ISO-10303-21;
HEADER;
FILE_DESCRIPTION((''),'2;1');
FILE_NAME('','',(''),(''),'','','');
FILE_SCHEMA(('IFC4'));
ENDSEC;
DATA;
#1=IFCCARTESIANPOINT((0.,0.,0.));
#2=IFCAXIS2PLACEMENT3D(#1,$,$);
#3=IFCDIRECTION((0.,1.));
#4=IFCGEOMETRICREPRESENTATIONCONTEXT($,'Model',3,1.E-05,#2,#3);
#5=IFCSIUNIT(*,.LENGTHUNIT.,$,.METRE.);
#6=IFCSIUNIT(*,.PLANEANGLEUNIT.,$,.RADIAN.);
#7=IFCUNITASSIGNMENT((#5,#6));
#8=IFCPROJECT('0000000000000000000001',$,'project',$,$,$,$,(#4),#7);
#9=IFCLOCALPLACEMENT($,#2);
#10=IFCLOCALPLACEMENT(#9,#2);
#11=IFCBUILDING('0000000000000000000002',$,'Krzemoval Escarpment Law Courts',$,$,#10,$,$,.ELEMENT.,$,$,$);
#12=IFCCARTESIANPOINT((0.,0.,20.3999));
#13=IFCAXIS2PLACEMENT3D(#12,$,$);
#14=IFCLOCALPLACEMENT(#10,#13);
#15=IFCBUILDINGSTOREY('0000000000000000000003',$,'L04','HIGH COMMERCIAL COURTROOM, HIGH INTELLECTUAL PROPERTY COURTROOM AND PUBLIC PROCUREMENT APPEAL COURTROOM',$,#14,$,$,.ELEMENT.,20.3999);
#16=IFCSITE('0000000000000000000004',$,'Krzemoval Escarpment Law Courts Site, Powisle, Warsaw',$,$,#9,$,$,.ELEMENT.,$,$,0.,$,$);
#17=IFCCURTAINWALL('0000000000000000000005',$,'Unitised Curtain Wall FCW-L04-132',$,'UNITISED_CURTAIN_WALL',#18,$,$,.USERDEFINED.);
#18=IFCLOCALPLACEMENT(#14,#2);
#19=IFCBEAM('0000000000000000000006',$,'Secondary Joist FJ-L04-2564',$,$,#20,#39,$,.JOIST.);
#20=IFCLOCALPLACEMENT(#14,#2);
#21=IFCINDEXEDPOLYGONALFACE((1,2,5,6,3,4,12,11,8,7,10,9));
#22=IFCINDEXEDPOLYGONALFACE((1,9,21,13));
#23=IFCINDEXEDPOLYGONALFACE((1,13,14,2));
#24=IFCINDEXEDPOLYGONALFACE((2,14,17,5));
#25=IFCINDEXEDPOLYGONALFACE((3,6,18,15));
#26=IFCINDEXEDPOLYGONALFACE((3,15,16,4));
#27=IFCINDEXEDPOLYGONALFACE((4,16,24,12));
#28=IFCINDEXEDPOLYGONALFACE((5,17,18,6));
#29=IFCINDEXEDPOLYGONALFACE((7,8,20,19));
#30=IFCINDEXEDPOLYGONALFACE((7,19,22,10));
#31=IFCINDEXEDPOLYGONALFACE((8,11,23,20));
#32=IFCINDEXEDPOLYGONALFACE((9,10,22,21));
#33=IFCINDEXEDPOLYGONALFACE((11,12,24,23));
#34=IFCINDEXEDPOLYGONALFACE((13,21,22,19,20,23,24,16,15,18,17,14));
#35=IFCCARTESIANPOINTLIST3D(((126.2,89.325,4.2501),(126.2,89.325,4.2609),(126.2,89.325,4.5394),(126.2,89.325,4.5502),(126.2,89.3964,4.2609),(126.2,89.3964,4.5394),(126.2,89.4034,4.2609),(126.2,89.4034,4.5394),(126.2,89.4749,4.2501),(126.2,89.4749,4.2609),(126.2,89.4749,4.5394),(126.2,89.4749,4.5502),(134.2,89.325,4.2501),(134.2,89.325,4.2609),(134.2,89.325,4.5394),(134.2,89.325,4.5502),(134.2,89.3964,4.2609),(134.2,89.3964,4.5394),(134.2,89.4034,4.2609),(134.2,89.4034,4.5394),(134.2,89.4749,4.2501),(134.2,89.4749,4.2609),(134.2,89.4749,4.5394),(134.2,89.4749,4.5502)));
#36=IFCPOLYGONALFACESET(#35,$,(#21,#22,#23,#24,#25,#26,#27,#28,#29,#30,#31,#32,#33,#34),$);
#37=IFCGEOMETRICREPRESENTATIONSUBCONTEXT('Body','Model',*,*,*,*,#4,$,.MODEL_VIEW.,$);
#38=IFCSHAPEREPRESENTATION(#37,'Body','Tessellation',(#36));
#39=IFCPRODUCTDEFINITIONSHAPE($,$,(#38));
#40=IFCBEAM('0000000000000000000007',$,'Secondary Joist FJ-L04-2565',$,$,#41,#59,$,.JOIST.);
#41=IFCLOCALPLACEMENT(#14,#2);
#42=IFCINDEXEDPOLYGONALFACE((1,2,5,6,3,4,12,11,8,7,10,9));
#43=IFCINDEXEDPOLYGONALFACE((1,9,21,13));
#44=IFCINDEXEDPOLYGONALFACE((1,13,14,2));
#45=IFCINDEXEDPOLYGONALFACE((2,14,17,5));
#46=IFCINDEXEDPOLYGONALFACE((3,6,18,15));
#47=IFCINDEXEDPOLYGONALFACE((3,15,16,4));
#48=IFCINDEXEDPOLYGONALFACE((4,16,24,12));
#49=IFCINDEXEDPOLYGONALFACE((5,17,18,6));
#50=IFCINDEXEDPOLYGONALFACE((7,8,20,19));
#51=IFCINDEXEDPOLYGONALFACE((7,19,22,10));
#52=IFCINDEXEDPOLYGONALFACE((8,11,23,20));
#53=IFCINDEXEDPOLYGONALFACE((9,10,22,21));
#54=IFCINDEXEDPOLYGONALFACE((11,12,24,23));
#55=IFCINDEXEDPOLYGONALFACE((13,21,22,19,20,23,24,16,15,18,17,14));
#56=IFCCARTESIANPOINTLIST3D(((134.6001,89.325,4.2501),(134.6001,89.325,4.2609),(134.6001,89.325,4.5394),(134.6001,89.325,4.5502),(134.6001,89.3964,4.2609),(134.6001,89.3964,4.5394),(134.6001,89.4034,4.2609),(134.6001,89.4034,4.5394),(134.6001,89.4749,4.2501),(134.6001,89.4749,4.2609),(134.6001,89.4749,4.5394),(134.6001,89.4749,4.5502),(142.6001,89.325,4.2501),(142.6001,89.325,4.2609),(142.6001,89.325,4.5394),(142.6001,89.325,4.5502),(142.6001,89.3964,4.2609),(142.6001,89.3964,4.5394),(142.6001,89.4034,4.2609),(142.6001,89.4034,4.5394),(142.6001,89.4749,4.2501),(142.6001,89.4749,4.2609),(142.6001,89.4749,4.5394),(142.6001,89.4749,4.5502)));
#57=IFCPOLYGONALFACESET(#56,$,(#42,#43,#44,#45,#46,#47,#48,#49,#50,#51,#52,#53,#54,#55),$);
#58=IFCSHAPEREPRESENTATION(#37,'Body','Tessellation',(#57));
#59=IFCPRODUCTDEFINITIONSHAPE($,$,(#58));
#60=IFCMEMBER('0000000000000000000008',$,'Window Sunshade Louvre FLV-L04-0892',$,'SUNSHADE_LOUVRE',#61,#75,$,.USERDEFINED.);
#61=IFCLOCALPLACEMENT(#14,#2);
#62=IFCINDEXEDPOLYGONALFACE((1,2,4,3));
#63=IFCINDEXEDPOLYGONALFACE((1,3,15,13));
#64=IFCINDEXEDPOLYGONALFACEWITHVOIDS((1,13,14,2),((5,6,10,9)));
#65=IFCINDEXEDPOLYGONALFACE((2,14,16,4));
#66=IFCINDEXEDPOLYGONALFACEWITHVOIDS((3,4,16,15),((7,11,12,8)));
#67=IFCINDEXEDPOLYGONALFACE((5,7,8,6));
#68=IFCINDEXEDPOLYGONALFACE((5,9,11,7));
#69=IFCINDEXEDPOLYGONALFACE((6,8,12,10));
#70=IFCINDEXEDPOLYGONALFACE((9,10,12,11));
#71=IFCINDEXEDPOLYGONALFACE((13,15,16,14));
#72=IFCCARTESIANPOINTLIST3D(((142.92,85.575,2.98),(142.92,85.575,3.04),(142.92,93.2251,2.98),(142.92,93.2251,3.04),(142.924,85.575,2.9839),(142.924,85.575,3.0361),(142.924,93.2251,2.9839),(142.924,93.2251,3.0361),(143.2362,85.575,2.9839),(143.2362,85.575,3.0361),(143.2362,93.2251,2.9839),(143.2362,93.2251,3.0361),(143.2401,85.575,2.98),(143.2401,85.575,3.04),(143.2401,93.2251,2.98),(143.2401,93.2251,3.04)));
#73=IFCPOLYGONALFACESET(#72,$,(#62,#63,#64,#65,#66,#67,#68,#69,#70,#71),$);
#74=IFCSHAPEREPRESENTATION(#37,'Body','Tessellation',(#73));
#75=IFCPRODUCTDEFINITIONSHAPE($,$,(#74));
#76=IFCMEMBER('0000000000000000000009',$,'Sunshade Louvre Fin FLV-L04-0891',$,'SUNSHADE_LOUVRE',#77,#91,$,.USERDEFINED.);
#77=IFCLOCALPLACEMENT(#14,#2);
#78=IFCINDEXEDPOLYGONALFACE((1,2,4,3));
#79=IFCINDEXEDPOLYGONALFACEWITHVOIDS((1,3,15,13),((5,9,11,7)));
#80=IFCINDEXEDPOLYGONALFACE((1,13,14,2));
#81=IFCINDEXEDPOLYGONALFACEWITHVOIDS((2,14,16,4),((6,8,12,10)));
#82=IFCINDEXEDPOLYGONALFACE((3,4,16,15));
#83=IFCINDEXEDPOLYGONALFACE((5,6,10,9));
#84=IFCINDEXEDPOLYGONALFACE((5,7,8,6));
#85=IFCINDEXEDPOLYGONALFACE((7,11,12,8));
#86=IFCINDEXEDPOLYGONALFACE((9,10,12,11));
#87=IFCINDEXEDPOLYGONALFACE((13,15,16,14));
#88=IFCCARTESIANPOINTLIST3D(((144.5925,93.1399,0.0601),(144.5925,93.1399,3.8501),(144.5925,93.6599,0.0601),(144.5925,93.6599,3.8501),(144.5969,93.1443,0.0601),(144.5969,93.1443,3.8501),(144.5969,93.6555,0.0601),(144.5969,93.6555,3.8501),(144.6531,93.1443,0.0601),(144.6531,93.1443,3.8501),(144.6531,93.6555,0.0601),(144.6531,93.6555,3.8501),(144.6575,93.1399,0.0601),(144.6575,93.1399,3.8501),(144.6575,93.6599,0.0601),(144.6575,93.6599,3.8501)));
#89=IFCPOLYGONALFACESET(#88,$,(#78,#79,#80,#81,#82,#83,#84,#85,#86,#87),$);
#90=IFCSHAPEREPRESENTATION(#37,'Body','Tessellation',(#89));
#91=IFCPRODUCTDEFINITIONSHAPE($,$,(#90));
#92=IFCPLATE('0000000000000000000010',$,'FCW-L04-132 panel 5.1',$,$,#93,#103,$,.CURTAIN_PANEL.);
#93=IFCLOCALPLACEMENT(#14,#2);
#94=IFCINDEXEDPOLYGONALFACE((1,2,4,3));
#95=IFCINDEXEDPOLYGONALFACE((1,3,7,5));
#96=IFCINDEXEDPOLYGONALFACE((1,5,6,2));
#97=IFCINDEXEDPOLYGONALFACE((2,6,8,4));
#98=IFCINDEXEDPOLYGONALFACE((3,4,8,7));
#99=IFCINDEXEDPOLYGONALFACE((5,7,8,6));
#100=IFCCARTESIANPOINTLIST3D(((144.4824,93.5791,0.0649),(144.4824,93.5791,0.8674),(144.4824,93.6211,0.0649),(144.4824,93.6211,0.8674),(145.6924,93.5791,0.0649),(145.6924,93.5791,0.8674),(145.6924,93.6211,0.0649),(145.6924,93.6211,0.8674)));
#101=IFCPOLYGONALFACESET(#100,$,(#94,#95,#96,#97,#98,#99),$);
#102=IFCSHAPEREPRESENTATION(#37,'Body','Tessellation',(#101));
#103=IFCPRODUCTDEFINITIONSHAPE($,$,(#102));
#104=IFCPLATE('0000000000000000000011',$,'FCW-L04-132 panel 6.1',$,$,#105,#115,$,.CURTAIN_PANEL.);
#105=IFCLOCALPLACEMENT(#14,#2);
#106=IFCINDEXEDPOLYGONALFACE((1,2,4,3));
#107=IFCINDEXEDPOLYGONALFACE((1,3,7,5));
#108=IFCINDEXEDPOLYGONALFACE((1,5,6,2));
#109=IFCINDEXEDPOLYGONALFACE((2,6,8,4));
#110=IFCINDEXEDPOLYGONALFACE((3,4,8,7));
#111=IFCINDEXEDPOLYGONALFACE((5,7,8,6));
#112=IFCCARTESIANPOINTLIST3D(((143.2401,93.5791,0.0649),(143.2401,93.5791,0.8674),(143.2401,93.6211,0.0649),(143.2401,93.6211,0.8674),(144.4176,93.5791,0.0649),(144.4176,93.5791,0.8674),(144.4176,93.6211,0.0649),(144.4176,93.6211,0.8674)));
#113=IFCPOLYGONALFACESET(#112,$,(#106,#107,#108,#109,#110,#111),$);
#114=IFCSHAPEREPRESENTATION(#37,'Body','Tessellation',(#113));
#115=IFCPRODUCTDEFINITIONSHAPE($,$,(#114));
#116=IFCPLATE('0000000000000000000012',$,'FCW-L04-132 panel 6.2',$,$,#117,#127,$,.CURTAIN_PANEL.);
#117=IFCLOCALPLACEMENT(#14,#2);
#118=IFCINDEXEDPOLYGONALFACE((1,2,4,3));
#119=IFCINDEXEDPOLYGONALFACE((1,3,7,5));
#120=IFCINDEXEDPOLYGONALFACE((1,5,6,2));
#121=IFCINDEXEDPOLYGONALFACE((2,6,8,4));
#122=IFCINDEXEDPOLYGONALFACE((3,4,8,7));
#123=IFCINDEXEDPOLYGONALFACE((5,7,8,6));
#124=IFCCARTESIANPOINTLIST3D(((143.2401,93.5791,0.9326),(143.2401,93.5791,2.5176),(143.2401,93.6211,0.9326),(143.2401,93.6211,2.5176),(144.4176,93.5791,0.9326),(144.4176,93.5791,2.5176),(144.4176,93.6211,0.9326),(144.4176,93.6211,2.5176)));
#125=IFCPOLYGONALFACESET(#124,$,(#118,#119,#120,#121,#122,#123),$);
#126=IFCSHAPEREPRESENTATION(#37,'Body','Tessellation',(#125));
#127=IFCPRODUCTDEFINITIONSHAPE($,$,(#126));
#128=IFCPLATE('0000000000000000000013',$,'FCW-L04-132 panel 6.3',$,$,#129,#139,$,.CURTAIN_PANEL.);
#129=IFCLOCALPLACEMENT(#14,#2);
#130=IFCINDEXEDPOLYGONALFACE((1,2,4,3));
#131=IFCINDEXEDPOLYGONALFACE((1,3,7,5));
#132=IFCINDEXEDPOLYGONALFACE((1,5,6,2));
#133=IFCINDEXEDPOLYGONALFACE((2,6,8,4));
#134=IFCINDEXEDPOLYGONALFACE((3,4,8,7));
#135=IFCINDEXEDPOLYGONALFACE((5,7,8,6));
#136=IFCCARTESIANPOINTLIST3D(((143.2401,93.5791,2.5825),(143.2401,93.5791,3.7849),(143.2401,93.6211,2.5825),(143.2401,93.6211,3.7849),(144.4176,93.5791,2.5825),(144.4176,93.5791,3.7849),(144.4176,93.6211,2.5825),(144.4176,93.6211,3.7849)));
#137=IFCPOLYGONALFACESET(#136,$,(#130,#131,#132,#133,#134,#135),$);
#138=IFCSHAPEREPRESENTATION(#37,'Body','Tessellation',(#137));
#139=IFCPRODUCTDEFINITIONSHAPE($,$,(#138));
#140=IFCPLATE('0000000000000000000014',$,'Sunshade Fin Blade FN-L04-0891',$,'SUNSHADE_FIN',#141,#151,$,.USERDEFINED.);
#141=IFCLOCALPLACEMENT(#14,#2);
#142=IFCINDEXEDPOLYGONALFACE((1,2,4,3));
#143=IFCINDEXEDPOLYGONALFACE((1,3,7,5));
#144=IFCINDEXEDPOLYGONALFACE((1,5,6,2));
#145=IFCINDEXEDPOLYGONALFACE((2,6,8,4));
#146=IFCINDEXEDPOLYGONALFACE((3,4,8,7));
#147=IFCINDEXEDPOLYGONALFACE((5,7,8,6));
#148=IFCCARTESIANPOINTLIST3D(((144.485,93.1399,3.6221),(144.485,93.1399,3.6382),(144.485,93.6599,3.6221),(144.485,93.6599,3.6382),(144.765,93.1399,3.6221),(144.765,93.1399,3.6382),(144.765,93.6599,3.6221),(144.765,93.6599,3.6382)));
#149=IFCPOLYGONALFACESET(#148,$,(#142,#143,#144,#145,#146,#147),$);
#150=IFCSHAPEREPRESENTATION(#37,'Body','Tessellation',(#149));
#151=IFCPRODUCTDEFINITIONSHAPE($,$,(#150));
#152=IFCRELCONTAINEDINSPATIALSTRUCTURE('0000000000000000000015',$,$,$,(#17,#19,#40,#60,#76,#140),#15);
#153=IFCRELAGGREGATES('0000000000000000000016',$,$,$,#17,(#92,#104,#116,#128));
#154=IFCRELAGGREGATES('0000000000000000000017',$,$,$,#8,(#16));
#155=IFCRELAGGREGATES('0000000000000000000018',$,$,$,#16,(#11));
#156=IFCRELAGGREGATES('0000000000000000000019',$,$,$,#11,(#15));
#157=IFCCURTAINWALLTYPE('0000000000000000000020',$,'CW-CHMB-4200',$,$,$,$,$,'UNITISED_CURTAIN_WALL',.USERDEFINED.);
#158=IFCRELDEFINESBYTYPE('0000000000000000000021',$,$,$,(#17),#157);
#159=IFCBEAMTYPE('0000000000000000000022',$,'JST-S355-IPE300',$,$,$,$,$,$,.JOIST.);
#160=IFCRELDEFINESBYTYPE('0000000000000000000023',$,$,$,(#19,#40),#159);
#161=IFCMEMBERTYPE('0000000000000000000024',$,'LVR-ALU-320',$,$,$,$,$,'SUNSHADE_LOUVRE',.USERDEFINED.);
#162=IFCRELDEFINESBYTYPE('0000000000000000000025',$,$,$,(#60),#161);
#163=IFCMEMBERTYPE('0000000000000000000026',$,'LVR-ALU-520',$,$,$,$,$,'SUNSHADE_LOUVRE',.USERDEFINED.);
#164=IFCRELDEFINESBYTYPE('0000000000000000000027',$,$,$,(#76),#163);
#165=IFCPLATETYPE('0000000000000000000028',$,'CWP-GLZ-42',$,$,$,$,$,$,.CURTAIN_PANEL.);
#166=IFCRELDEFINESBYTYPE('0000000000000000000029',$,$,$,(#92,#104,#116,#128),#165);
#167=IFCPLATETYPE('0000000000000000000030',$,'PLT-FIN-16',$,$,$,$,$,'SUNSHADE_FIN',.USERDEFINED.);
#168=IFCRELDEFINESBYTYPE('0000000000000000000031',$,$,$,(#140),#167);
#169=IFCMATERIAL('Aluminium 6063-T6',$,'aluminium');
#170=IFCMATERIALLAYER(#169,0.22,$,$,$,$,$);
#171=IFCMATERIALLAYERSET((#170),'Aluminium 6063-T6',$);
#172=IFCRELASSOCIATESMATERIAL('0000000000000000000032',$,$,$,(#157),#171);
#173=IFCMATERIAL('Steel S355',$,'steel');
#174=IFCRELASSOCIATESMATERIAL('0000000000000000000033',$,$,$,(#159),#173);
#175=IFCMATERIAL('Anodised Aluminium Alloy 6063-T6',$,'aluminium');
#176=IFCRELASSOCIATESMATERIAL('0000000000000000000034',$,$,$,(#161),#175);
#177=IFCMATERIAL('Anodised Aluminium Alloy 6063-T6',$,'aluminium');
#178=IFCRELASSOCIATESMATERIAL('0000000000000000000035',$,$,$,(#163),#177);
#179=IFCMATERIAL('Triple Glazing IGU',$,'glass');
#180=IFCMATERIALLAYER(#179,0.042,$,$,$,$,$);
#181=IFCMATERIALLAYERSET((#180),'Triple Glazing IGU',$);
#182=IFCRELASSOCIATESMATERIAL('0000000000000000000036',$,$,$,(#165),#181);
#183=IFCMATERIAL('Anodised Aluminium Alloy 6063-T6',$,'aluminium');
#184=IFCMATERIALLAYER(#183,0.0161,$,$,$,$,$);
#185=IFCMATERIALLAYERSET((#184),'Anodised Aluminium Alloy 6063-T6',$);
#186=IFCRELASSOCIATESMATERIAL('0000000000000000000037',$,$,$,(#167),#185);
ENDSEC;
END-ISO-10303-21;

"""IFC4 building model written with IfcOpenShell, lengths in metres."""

from ifc_helpers import new_model, si_unit, direction, frame, origin, origin_2d, place, context, subcontext, project, spatial, rectangle, hollow_rectangle, i_section, extrude, material, layer, layer_set, material_profile, profile_set, type_object, element, aggregate, save


model = new_model("IFC4")

# Units and contexts
model_context = context("Model", 3, precision=1e-05, world=origin(), true_north=direction((0.0, 1.0)))
body_context = subcontext(model_context, "Body", "Model", "MODEL_VIEW")
ifc_project = project(units=[si_unit("LENGTHUNIT", "METRE"), si_unit("PLANEANGLEUNIT", "RADIAN")], contexts=[model_context])

# Site, building, storey
site_placement = place(None, origin())
site = spatial("IfcSite", under=ifc_project, at=site_placement, Name="Krzemoval Escarpment Law Courts Site, Powisle, Warsaw", CompositionType="ELEMENT", RefElevation=0.0)
building_placement = place(site_placement, origin())
building = spatial("IfcBuilding", under=site, at=building_placement, Name="Krzemoval Escarpment Law Courts", CompositionType="ELEMENT")
storey_placement = place(building_placement, frame((0.0, 0.0, 20.3999)))
storey = spatial("IfcBuildingStorey", under=building, at=storey_placement, Name="L04", Description="HIGH COMMERCIAL COURTROOM, HIGH INTELLECTUAL PROPERTY COURTROOM AND PUBLIC PROCUREMENT APPEAL COURTROOM", CompositionType="ELEMENT", Elevation=20.3999)

# Curtain wall
ifc_material_1 = material(Name="Aluminium 6063-T6", Category="aluminium")
ifc_layer_1 = layer(ifc_material_1, 0.22)
ifc_layer_set_1 = layer_set([ifc_layer_1], Name="Aluminium 6063-T6")
curtain_wall_type = type_object("IfcCurtainWallType", Name="CW-CHMB-4200", ElementType="UNITISED_CURTAIN_WALL", PredefinedType="USERDEFINED", material=ifc_layer_set_1)
curtain_wall_placement = place(storey_placement, origin())
curtain_wall = element("IfcCurtainWall", 1, at=curtain_wall_placement, inside=storey, type_object=curtain_wall_type, Name="Unitised Curtain Wall FCW-L04-132", ObjectType="UNITISED_CURTAIN_WALL", PredefinedType="USERDEFINED")

# Beams
ifc_material_2 = material(Name="Steel S355", Category="steel")
ifc_material_profile_1 = material_profile(ifc_material_2, i_section(OverallWidth=0.1499, OverallDepth=0.3, WebThickness=0.0071, FlangeThickness=0.0107, at=origin_2d()), Name="IPE 300")
ifc_profile_set_1 = profile_set([ifc_material_profile_1], Name="Steel S355")
beam_type_1 = type_object("IfcBeamType", Name="JST-S355-IPE300", PredefinedType="JOIST", material=ifc_profile_set_1)
for number, where, z_axis, x_axis, name in (
    (2, (126.2, 89.3999, 4.4001), (1.0, 0.0, 0.0), (0.0, 1.0, 0.0), "Secondary Joist FJ-L04-2564"),
    (3, (134.6001, 89.3999, 4.4001), (1.0, 0.0, 0.0), (0.0, 1.0, 0.0), "Secondary Joist FJ-L04-2565"),
):
    element("IfcBeam", number, at=place(storey_placement, frame(where, z_axis=z_axis, x_axis=x_axis)), inside=storey, type_object=beam_type_1, Name=name, PredefinedType="JOIST", context=body_context, shape_type="SweptSolid", body=[
        extrude(i_section(OverallWidth=0.1499, OverallDepth=0.3, WebThickness=0.0071, FlangeThickness=0.0107, at=origin_2d()), origin(), (0.0, 0.0, 1.0), 8.0),
    ])

# Members
ifc_material_3 = material(Name="Anodised Aluminium Alloy 6063-T6", Category="aluminium")
ifc_material_profile_2 = material_profile(ifc_material_3, hollow_rectangle(XDim=0.0601, YDim=0.3201, WallThickness=0.0039, at=origin_2d()), Name="ALU LVR 60x320")
ifc_profile_set_2 = profile_set([ifc_material_profile_2], Name="Anodised Aluminium Alloy 6063-T6")
member_type_1 = type_object("IfcMemberType", Name="LVR-ALU-320", ElementType="SUNSHADE_LOUVRE", PredefinedType="USERDEFINED", material=ifc_profile_set_2)
member_1_placement = place(storey_placement, frame((143.0801, 93.2251, 3.01), z_axis=(0.0, -1.0, 0.0), x_axis=(0.0, 0.0, 1.0)))
element("IfcMember", 4, at=member_1_placement, inside=storey, type_object=member_type_1, Name="Window Sunshade Louvre FLV-L04-0892", ObjectType="SUNSHADE_LOUVRE", PredefinedType="USERDEFINED", context=body_context, shape_type="SweptSolid", body=[
    extrude(hollow_rectangle(XDim=0.0601, YDim=0.3201, WallThickness=0.0039, at=origin_2d()), origin(), (0.0, 0.0, 1.0), 7.6501),
])
ifc_material_4 = material(Name="Anodised Aluminium Alloy 6063-T6", Category="aluminium")
ifc_material_profile_3 = material_profile(ifc_material_4, hollow_rectangle(XDim=0.0649, YDim=0.52, WallThickness=0.0044, at=origin_2d()), Name="ALU LVR 65x520")
ifc_profile_set_3 = profile_set([ifc_material_profile_3], Name="Anodised Aluminium Alloy 6063-T6")
member_type_2 = type_object("IfcMemberType", Name="LVR-ALU-520", ElementType="SUNSHADE_LOUVRE", PredefinedType="USERDEFINED", material=ifc_profile_set_3)
member_2_placement = place(storey_placement, frame((144.625, 93.3999, 0.0601), z_axis=(0.0, 0.0, 1.0), x_axis=(1.0, 0.0, 0.0)))
element("IfcMember", 5, at=member_2_placement, inside=storey, type_object=member_type_2, Name="Sunshade Louvre Fin FLV-L04-0891", ObjectType="SUNSHADE_LOUVRE", PredefinedType="USERDEFINED", context=body_context, shape_type="SweptSolid", body=[
    extrude(hollow_rectangle(XDim=0.0649, YDim=0.52, WallThickness=0.0044, at=origin_2d()), origin(), (0.0, 0.0, 1.0), 3.79),
])

# Plates
ifc_material_5 = material(Name="Triple Glazing IGU", Category="glass")
ifc_layer_2 = layer(ifc_material_5, 0.042)
ifc_layer_set_2 = layer_set([ifc_layer_2], Name="Triple Glazing IGU")
plate_type_1 = type_object("IfcPlateType", Name="CWP-GLZ-42", PredefinedType="CURTAIN_PANEL", material=ifc_layer_set_2)
plate_1_placement = place(storey_placement, frame((145.0874, 93.6001, 0.0649), z_axis=(0.0, 0.0, 1.0), x_axis=(-1.0, 0.0, 0.0)))
plate_1 = element("IfcPlate", 6, at=plate_1_placement, type_object=plate_type_1, Name="FCW-L04-132 panel 5.1", PredefinedType="CURTAIN_PANEL", context=body_context, shape_type="SweptSolid", body=[
    extrude(rectangle(XDim=1.21, YDim=0.042, at=origin_2d()), origin(), (0.0, 0.0, 1.0), 0.8025),
])
plate_2_placement = place(storey_placement, frame((143.8289, 93.6001, 0.0649), z_axis=(0.0, 0.0, 1.0), x_axis=(-1.0, 0.0, 0.0)))
plate_2 = element("IfcPlate", 7, at=plate_2_placement, type_object=plate_type_1, Name="FCW-L04-132 panel 6.1", PredefinedType="CURTAIN_PANEL", context=body_context, shape_type="SweptSolid", body=[
    extrude(rectangle(XDim=1.1775, YDim=0.042, at=origin_2d()), origin(), (0.0, 0.0, 1.0), 0.8025),
])
plate_3_placement = place(storey_placement, frame((143.8289, 93.6001, 0.9326), z_axis=(0.0, 0.0, 1.0), x_axis=(-1.0, 0.0, 0.0)))
plate_3 = element("IfcPlate", 8, at=plate_3_placement, type_object=plate_type_1, Name="FCW-L04-132 panel 6.2", PredefinedType="CURTAIN_PANEL", context=body_context, shape_type="SweptSolid", body=[
    extrude(rectangle(XDim=1.1775, YDim=0.042, at=origin_2d()), origin(), (0.0, 0.0, 1.0), 1.585),
])
plate_4_placement = place(storey_placement, frame((143.8289, 93.6001, 2.5825), z_axis=(0.0, 0.0, 1.0), x_axis=(-1.0, 0.0, 0.0)))
plate_4 = element("IfcPlate", 9, at=plate_4_placement, type_object=plate_type_1, Name="FCW-L04-132 panel 6.3", PredefinedType="CURTAIN_PANEL", context=body_context, shape_type="SweptSolid", body=[
    extrude(rectangle(XDim=1.1775, YDim=0.042, at=origin_2d()), origin(), (0.0, 0.0, 1.0), 1.2024),
])
aggregate(curtain_wall, [plate_1, plate_2, plate_3, plate_4])
ifc_material_6 = material(Name="Anodised Aluminium Alloy 6063-T6", Category="aluminium")
ifc_layer_3 = layer(ifc_material_6, 0.0161)
ifc_layer_set_3 = layer_set([ifc_layer_3], Name="Anodised Aluminium Alloy 6063-T6")
plate_type_2 = type_object("IfcPlateType", Name="PLT-FIN-16", ElementType="SUNSHADE_FIN", PredefinedType="USERDEFINED", material=ifc_layer_set_3)
plate_5_placement = place(storey_placement, frame((144.625, 93.3999, 3.6221), z_axis=(0.0, 0.0, 1.0), x_axis=(0.0, -1.0, 0.0)))
element("IfcPlate", 10, at=plate_5_placement, inside=storey, type_object=plate_type_2, Name="Sunshade Fin Blade FN-L04-0891", ObjectType="SUNSHADE_FIN", PredefinedType="USERDEFINED", context=body_context, shape_type="SweptSolid", body=[
    extrude(rectangle(XDim=0.52, YDim=0.28, at=origin_2d()), origin(), (0.0, 0.0, 1.0), 0.0161),
])

save(model, "model.ifc")
